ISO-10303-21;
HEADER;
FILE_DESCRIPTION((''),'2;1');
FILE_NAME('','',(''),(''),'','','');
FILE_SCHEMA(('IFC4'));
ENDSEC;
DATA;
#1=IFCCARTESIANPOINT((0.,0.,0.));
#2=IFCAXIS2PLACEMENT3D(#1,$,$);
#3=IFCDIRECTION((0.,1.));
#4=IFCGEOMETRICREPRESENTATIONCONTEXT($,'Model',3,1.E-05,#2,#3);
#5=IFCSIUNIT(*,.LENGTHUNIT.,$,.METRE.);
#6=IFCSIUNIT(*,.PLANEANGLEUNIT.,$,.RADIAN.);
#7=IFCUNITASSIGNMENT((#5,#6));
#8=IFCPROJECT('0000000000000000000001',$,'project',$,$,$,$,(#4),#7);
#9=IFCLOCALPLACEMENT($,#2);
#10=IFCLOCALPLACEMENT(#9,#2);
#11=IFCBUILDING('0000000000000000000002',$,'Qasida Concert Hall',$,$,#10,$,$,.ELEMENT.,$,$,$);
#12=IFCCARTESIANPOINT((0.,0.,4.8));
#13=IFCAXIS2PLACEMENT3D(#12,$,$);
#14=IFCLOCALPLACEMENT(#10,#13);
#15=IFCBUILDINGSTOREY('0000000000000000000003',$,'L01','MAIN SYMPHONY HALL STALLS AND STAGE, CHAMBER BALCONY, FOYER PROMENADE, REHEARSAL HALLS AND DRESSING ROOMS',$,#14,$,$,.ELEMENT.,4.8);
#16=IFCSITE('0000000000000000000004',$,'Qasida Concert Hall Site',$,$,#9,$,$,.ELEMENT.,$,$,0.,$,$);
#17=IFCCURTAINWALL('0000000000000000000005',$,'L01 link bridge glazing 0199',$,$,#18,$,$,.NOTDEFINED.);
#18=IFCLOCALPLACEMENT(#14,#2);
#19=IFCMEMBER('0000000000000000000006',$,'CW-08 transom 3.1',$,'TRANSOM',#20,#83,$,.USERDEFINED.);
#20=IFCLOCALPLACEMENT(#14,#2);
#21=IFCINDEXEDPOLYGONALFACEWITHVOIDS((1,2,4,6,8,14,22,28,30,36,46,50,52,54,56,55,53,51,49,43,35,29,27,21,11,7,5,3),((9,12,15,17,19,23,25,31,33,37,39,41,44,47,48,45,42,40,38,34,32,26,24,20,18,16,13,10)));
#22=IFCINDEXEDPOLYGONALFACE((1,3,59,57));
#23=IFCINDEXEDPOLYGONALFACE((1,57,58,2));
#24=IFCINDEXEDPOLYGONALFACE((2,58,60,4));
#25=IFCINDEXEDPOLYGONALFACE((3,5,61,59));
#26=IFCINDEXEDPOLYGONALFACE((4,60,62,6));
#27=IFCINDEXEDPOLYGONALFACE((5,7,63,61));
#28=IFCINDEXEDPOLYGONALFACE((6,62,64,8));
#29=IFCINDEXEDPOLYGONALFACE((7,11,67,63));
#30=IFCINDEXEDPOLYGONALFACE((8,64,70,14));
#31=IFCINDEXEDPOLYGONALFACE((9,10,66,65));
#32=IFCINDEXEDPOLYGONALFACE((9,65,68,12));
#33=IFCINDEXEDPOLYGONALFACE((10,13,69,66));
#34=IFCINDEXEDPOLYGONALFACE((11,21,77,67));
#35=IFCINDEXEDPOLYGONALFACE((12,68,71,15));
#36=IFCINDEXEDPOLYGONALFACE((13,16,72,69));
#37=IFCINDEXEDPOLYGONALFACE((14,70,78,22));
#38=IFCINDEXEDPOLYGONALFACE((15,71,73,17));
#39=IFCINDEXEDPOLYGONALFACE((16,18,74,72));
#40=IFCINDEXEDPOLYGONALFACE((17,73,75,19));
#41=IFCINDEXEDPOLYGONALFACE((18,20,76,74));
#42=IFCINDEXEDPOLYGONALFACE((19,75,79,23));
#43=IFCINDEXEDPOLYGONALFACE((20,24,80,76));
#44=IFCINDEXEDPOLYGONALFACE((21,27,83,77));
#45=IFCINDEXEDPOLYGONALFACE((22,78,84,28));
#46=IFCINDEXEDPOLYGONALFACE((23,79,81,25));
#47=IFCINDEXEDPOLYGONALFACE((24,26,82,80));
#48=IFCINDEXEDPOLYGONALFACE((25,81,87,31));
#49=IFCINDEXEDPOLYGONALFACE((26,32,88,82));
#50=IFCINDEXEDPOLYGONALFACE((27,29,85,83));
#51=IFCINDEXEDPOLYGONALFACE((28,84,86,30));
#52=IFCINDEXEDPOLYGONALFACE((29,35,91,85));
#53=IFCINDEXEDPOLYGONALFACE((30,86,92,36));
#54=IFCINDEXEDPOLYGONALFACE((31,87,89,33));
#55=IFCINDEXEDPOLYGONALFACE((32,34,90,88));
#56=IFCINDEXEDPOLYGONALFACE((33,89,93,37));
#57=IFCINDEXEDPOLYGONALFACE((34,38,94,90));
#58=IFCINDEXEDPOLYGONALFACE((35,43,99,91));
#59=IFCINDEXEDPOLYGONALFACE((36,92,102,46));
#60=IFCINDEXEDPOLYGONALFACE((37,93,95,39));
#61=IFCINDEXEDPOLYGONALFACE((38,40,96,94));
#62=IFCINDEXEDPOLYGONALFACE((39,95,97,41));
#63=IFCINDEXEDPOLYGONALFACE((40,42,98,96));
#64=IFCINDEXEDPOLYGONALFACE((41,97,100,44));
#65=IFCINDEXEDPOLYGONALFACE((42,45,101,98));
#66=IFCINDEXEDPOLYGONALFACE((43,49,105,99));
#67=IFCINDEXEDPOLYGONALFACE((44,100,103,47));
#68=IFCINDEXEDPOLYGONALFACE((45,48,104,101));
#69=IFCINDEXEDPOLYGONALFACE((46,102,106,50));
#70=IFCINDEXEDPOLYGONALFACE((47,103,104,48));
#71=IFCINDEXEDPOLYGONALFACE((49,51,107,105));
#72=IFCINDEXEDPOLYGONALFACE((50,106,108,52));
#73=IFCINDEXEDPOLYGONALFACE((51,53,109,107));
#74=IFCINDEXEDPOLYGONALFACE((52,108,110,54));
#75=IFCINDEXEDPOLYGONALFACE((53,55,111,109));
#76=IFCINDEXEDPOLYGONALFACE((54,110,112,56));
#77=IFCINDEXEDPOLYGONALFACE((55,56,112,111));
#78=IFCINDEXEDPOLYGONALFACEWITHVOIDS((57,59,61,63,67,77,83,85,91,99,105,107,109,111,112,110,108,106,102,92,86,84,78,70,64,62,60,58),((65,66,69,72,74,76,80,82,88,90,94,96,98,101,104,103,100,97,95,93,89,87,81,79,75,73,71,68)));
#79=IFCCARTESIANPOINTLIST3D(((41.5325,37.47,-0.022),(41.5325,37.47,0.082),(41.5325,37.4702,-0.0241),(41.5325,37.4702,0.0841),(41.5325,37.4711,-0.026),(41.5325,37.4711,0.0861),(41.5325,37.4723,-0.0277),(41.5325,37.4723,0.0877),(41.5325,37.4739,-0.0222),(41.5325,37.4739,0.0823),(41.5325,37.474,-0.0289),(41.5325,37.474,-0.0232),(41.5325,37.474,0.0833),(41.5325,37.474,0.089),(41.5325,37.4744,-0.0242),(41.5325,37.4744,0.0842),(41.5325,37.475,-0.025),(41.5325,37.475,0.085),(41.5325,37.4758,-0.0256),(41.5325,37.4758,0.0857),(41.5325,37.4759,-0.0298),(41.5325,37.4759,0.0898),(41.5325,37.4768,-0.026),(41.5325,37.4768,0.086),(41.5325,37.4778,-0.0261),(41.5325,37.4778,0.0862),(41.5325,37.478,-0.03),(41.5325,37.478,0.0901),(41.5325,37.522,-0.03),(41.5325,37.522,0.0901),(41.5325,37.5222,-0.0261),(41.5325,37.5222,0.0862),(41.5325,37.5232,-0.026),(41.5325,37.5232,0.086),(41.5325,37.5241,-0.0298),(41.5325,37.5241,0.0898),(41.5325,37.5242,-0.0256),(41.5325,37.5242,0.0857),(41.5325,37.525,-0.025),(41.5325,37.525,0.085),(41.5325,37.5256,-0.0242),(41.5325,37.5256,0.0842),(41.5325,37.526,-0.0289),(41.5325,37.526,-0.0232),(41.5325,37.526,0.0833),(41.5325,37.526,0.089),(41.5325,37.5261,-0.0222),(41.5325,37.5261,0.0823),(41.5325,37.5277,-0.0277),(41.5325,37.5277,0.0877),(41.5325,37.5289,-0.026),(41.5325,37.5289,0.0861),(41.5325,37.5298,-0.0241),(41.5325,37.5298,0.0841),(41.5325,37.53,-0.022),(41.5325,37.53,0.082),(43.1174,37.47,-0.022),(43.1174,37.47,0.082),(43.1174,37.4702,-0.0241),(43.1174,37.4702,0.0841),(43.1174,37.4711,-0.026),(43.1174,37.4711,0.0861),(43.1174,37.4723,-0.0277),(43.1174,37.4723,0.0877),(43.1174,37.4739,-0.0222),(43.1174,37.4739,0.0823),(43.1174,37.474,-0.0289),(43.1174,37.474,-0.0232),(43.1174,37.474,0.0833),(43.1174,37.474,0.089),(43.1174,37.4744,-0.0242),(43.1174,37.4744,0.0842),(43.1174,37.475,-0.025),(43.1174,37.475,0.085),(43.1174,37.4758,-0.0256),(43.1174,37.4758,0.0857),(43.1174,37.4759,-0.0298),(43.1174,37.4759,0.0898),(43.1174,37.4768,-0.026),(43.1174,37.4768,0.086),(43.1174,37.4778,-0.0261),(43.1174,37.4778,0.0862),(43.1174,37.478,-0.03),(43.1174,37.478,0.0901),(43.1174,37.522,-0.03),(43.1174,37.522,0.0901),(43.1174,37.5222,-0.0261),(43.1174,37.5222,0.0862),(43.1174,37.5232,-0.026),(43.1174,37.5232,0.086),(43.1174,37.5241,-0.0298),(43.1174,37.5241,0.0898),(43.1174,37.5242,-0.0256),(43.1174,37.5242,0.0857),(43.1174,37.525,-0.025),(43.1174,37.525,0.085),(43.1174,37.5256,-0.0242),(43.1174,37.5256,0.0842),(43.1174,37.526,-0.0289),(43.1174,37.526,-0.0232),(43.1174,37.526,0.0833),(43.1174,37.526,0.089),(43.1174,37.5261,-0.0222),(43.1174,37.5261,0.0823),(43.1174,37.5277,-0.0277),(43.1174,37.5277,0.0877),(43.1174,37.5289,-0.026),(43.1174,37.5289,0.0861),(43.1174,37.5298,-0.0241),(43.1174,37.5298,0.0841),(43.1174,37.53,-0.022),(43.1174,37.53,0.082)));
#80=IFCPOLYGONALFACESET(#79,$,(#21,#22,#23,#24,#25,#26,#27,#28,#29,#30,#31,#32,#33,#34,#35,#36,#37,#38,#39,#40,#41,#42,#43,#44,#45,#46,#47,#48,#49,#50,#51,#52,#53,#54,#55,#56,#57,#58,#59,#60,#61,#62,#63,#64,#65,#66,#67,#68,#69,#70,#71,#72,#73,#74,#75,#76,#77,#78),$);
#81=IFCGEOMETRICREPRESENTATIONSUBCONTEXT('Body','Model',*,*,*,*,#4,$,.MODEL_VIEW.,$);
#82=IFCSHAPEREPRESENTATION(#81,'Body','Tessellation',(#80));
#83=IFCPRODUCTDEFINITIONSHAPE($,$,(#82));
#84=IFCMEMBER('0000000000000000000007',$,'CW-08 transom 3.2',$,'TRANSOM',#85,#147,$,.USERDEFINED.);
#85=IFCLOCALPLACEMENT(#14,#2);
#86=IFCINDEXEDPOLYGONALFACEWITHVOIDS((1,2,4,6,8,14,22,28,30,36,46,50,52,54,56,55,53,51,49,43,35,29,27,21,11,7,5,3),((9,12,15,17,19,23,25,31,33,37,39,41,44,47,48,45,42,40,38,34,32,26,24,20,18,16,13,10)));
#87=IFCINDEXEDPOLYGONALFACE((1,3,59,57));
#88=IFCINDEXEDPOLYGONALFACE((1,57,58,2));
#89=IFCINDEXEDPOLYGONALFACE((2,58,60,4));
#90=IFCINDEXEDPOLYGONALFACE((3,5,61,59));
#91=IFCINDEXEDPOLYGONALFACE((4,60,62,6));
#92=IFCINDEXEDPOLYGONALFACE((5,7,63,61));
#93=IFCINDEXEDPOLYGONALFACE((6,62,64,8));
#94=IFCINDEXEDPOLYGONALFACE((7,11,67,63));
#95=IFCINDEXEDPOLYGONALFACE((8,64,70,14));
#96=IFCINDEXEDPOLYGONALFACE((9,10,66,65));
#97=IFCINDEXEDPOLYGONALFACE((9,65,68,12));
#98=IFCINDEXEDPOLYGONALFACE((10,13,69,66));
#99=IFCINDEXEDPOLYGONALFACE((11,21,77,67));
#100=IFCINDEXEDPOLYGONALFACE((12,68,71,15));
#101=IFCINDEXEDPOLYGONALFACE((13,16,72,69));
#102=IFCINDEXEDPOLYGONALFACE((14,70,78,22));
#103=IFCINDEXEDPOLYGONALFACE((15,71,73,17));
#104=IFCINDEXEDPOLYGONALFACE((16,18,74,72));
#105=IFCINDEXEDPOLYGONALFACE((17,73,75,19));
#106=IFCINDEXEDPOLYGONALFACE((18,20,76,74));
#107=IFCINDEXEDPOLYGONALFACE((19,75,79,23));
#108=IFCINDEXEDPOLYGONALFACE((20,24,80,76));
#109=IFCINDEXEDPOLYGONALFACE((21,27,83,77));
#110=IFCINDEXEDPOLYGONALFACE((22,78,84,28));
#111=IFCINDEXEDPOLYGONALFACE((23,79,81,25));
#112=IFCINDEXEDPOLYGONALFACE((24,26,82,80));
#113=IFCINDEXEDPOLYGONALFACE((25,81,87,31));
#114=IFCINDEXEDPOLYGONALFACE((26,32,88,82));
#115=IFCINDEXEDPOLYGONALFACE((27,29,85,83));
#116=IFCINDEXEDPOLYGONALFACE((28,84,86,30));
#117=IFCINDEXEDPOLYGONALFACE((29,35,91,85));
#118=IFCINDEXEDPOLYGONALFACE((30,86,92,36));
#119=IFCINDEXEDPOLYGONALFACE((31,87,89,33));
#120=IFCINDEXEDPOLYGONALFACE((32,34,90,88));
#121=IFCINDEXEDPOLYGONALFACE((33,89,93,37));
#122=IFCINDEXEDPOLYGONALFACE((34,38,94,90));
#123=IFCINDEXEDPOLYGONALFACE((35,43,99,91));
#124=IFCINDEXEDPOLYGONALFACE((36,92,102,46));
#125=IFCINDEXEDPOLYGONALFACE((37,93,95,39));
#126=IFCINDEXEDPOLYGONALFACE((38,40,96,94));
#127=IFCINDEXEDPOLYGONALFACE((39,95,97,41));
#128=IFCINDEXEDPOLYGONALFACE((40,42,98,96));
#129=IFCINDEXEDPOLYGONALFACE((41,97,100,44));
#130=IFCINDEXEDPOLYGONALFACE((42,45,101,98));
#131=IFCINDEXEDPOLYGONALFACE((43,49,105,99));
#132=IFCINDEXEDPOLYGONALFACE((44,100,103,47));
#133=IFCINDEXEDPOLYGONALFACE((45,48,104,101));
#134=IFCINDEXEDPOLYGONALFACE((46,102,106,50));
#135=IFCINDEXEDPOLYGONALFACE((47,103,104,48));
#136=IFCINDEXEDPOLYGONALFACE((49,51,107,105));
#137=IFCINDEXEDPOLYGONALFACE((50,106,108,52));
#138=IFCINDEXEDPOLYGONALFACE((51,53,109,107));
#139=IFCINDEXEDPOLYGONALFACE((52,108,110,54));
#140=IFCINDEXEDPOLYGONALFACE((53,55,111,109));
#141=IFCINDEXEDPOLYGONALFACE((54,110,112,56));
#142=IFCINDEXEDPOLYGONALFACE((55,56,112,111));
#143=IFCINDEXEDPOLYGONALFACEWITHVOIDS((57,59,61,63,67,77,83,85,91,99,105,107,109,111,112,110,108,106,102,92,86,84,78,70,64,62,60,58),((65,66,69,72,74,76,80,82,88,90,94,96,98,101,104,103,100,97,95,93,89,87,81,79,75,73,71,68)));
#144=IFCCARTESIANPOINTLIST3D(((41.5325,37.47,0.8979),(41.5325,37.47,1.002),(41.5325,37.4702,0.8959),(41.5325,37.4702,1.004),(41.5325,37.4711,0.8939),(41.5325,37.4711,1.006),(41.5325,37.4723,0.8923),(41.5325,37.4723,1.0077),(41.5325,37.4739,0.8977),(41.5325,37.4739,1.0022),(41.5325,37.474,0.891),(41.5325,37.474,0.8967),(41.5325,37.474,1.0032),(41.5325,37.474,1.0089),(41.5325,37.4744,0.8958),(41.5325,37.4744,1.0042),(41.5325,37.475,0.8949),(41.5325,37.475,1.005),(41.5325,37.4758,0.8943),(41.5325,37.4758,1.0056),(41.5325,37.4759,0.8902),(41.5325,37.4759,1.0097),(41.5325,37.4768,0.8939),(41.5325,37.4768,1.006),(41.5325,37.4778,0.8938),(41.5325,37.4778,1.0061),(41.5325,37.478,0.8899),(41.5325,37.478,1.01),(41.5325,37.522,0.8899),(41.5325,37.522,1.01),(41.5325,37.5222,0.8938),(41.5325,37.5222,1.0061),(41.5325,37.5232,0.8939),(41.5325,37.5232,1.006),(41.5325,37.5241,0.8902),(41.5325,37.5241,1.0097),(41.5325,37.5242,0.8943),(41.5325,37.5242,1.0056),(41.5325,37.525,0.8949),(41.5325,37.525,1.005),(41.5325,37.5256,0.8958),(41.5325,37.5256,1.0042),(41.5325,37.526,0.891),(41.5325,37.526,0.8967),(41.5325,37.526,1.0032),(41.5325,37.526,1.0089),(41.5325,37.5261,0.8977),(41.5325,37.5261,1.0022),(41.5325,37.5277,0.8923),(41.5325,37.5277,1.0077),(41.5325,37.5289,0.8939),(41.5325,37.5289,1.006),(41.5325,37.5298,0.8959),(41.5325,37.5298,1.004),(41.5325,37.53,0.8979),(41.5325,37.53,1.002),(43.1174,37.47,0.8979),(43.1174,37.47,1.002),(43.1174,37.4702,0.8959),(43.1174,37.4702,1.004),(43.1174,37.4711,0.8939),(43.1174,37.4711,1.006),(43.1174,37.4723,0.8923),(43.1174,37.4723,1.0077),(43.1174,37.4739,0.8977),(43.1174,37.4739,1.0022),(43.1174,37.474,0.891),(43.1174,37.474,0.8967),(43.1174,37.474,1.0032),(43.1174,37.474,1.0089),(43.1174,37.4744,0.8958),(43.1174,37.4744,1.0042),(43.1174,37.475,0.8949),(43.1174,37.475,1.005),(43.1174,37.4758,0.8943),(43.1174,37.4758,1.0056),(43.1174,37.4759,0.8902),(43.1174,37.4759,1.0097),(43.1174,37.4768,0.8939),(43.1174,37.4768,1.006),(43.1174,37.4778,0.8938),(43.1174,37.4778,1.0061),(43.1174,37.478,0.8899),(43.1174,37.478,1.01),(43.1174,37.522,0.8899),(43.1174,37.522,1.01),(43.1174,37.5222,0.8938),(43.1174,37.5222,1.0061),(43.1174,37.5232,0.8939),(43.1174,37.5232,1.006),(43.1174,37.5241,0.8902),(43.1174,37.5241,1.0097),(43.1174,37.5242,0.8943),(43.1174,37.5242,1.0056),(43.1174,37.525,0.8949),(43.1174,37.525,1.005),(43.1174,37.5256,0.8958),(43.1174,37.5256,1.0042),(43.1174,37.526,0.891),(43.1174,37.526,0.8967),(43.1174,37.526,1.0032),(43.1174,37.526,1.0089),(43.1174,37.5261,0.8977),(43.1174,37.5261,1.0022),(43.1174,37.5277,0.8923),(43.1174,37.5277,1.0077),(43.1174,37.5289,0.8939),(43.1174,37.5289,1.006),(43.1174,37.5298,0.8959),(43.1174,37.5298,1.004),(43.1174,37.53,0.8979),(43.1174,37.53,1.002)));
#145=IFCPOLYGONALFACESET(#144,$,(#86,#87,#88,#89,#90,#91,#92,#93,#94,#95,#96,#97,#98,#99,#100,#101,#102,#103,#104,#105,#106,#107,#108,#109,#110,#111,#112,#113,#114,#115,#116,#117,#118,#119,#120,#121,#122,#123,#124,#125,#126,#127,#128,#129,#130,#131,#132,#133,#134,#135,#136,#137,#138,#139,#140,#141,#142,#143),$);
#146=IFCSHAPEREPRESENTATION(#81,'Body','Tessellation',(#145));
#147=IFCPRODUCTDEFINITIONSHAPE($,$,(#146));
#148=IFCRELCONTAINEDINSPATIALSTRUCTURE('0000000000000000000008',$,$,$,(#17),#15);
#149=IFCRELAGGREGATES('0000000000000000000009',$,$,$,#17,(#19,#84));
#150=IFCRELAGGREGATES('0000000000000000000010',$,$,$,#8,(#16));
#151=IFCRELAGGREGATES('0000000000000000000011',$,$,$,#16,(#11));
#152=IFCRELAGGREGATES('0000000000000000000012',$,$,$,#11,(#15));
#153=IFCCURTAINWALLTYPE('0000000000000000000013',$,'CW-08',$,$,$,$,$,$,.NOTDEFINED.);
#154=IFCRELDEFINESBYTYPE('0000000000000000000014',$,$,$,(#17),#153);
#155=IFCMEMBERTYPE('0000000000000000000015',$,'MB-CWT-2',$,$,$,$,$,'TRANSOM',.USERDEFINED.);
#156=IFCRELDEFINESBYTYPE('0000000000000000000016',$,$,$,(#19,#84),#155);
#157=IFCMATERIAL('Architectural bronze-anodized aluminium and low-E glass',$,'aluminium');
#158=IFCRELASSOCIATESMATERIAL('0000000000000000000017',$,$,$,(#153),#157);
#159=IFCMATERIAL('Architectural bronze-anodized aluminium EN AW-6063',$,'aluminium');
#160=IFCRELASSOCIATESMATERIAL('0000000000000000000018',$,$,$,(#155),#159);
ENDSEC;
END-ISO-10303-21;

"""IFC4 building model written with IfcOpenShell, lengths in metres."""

from ifc_helpers import new_model, si_unit, direction, frame, origin, origin_2d, place, context, subcontext, project, spatial, hollow_rectangle, extrude, material, material_profile, profile_set, type_object, element, aggregate, save


model = new_model("IFC4")

# Units and contexts
model_context = context("Model", 3, precision=1e-05, world=origin(), true_north=direction((0.0, 1.0)))
body_context = subcontext(model_context, "Body", "Model", "MODEL_VIEW")
ifc_project = project(units=[si_unit("LENGTHUNIT", "METRE"), si_unit("PLANEANGLEUNIT", "RADIAN")], contexts=[model_context])

# Site, building, storey
site_placement = place(None, origin())
site = spatial("IfcSite", under=ifc_project, at=site_placement, Name="Qasida Concert Hall Site", CompositionType="ELEMENT", RefElevation=0.0)
building_placement = place(site_placement, origin())
building = spatial("IfcBuilding", under=site, at=building_placement, Name="Qasida Concert Hall", CompositionType="ELEMENT")
storey_placement = place(building_placement, frame((0.0, 0.0, 4.8)))
storey = spatial("IfcBuildingStorey", under=building, at=storey_placement, Name="L01", Description="MAIN SYMPHONY HALL STALLS AND STAGE, CHAMBER BALCONY, FOYER PROMENADE, REHEARSAL HALLS AND DRESSING ROOMS", CompositionType="ELEMENT", Elevation=4.8)

# Shared definitions
ifc_material_1 = material(Name="Architectural bronze-anodized aluminium and low-E glass", Category="aluminium")
ifc_material_2 = material(Name="Architectural bronze-anodized aluminium EN AW-6063", Category="aluminium")

# Curtain wall
curtain_wall_type_1 = type_object("IfcCurtainWallType", Name="CW-08", PredefinedType="NOTDEFINED", material=ifc_material_1)
curtain_wall_1_placement = place(storey_placement, origin())
curtain_wall_1 = element("IfcCurtainWall", 1, at=curtain_wall_1_placement, inside=storey, type_object=curtain_wall_type_1, Name="L01 link bridge glazing 0199", PredefinedType="NOTDEFINED")

# Members
ifc_material_profile_1 = material_profile(ifc_material_2, hollow_rectangle(XDim=0.0601, YDim=0.1201, WallThickness=0.0039, InnerFilletRadius=0.0039, OuterFilletRadius=0.0081, at=origin_2d()), Name="CWT 120x60x4")
ifc_profile_set_1 = profile_set([ifc_material_profile_1], Name="Architectural bronze-anodized aluminium EN AW-6063")
member_type_1 = type_object("IfcMemberType", Name="MB-CWT-2", ElementType="TRANSOM", PredefinedType="USERDEFINED", material=ifc_profile_set_1)
member_1_placement = place(storey_placement, frame((41.5325, 37.5, 0.03), z_axis=(1.0, 0.0, 0.0), x_axis=(0.0, 1.0, 0.0)))
member_1 = element("IfcMember", 2, at=member_1_placement, type_object=member_type_1, Name="CW-08 transom 3.1", ObjectType="TRANSOM", PredefinedType="USERDEFINED", context=body_context, shape_type="SweptSolid", body=[
    extrude(hollow_rectangle(XDim=0.0601, YDim=0.1201, WallThickness=0.0039, InnerFilletRadius=0.0039, OuterFilletRadius=0.0081, at=origin_2d()), origin(), (0.0, 0.0, 1.0), 1.585),
])
member_2_placement = place(storey_placement, frame((41.5325, 37.5, 0.95), z_axis=(1.0, 0.0, 0.0), x_axis=(0.0, 1.0, 0.0)))
member_2 = element("IfcMember", 3, at=member_2_placement, type_object=member_type_1, Name="CW-08 transom 3.2", ObjectType="TRANSOM", PredefinedType="USERDEFINED", context=body_context, shape_type="SweptSolid", body=[
    extrude(hollow_rectangle(XDim=0.0601, YDim=0.1201, WallThickness=0.0039, InnerFilletRadius=0.0039, OuterFilletRadius=0.0081, at=origin_2d()), origin(), (0.0, 0.0, 1.0), 1.585),
])

aggregate(curtain_wall_1, [member_1, member_2])

save(model, "model.ifc")
